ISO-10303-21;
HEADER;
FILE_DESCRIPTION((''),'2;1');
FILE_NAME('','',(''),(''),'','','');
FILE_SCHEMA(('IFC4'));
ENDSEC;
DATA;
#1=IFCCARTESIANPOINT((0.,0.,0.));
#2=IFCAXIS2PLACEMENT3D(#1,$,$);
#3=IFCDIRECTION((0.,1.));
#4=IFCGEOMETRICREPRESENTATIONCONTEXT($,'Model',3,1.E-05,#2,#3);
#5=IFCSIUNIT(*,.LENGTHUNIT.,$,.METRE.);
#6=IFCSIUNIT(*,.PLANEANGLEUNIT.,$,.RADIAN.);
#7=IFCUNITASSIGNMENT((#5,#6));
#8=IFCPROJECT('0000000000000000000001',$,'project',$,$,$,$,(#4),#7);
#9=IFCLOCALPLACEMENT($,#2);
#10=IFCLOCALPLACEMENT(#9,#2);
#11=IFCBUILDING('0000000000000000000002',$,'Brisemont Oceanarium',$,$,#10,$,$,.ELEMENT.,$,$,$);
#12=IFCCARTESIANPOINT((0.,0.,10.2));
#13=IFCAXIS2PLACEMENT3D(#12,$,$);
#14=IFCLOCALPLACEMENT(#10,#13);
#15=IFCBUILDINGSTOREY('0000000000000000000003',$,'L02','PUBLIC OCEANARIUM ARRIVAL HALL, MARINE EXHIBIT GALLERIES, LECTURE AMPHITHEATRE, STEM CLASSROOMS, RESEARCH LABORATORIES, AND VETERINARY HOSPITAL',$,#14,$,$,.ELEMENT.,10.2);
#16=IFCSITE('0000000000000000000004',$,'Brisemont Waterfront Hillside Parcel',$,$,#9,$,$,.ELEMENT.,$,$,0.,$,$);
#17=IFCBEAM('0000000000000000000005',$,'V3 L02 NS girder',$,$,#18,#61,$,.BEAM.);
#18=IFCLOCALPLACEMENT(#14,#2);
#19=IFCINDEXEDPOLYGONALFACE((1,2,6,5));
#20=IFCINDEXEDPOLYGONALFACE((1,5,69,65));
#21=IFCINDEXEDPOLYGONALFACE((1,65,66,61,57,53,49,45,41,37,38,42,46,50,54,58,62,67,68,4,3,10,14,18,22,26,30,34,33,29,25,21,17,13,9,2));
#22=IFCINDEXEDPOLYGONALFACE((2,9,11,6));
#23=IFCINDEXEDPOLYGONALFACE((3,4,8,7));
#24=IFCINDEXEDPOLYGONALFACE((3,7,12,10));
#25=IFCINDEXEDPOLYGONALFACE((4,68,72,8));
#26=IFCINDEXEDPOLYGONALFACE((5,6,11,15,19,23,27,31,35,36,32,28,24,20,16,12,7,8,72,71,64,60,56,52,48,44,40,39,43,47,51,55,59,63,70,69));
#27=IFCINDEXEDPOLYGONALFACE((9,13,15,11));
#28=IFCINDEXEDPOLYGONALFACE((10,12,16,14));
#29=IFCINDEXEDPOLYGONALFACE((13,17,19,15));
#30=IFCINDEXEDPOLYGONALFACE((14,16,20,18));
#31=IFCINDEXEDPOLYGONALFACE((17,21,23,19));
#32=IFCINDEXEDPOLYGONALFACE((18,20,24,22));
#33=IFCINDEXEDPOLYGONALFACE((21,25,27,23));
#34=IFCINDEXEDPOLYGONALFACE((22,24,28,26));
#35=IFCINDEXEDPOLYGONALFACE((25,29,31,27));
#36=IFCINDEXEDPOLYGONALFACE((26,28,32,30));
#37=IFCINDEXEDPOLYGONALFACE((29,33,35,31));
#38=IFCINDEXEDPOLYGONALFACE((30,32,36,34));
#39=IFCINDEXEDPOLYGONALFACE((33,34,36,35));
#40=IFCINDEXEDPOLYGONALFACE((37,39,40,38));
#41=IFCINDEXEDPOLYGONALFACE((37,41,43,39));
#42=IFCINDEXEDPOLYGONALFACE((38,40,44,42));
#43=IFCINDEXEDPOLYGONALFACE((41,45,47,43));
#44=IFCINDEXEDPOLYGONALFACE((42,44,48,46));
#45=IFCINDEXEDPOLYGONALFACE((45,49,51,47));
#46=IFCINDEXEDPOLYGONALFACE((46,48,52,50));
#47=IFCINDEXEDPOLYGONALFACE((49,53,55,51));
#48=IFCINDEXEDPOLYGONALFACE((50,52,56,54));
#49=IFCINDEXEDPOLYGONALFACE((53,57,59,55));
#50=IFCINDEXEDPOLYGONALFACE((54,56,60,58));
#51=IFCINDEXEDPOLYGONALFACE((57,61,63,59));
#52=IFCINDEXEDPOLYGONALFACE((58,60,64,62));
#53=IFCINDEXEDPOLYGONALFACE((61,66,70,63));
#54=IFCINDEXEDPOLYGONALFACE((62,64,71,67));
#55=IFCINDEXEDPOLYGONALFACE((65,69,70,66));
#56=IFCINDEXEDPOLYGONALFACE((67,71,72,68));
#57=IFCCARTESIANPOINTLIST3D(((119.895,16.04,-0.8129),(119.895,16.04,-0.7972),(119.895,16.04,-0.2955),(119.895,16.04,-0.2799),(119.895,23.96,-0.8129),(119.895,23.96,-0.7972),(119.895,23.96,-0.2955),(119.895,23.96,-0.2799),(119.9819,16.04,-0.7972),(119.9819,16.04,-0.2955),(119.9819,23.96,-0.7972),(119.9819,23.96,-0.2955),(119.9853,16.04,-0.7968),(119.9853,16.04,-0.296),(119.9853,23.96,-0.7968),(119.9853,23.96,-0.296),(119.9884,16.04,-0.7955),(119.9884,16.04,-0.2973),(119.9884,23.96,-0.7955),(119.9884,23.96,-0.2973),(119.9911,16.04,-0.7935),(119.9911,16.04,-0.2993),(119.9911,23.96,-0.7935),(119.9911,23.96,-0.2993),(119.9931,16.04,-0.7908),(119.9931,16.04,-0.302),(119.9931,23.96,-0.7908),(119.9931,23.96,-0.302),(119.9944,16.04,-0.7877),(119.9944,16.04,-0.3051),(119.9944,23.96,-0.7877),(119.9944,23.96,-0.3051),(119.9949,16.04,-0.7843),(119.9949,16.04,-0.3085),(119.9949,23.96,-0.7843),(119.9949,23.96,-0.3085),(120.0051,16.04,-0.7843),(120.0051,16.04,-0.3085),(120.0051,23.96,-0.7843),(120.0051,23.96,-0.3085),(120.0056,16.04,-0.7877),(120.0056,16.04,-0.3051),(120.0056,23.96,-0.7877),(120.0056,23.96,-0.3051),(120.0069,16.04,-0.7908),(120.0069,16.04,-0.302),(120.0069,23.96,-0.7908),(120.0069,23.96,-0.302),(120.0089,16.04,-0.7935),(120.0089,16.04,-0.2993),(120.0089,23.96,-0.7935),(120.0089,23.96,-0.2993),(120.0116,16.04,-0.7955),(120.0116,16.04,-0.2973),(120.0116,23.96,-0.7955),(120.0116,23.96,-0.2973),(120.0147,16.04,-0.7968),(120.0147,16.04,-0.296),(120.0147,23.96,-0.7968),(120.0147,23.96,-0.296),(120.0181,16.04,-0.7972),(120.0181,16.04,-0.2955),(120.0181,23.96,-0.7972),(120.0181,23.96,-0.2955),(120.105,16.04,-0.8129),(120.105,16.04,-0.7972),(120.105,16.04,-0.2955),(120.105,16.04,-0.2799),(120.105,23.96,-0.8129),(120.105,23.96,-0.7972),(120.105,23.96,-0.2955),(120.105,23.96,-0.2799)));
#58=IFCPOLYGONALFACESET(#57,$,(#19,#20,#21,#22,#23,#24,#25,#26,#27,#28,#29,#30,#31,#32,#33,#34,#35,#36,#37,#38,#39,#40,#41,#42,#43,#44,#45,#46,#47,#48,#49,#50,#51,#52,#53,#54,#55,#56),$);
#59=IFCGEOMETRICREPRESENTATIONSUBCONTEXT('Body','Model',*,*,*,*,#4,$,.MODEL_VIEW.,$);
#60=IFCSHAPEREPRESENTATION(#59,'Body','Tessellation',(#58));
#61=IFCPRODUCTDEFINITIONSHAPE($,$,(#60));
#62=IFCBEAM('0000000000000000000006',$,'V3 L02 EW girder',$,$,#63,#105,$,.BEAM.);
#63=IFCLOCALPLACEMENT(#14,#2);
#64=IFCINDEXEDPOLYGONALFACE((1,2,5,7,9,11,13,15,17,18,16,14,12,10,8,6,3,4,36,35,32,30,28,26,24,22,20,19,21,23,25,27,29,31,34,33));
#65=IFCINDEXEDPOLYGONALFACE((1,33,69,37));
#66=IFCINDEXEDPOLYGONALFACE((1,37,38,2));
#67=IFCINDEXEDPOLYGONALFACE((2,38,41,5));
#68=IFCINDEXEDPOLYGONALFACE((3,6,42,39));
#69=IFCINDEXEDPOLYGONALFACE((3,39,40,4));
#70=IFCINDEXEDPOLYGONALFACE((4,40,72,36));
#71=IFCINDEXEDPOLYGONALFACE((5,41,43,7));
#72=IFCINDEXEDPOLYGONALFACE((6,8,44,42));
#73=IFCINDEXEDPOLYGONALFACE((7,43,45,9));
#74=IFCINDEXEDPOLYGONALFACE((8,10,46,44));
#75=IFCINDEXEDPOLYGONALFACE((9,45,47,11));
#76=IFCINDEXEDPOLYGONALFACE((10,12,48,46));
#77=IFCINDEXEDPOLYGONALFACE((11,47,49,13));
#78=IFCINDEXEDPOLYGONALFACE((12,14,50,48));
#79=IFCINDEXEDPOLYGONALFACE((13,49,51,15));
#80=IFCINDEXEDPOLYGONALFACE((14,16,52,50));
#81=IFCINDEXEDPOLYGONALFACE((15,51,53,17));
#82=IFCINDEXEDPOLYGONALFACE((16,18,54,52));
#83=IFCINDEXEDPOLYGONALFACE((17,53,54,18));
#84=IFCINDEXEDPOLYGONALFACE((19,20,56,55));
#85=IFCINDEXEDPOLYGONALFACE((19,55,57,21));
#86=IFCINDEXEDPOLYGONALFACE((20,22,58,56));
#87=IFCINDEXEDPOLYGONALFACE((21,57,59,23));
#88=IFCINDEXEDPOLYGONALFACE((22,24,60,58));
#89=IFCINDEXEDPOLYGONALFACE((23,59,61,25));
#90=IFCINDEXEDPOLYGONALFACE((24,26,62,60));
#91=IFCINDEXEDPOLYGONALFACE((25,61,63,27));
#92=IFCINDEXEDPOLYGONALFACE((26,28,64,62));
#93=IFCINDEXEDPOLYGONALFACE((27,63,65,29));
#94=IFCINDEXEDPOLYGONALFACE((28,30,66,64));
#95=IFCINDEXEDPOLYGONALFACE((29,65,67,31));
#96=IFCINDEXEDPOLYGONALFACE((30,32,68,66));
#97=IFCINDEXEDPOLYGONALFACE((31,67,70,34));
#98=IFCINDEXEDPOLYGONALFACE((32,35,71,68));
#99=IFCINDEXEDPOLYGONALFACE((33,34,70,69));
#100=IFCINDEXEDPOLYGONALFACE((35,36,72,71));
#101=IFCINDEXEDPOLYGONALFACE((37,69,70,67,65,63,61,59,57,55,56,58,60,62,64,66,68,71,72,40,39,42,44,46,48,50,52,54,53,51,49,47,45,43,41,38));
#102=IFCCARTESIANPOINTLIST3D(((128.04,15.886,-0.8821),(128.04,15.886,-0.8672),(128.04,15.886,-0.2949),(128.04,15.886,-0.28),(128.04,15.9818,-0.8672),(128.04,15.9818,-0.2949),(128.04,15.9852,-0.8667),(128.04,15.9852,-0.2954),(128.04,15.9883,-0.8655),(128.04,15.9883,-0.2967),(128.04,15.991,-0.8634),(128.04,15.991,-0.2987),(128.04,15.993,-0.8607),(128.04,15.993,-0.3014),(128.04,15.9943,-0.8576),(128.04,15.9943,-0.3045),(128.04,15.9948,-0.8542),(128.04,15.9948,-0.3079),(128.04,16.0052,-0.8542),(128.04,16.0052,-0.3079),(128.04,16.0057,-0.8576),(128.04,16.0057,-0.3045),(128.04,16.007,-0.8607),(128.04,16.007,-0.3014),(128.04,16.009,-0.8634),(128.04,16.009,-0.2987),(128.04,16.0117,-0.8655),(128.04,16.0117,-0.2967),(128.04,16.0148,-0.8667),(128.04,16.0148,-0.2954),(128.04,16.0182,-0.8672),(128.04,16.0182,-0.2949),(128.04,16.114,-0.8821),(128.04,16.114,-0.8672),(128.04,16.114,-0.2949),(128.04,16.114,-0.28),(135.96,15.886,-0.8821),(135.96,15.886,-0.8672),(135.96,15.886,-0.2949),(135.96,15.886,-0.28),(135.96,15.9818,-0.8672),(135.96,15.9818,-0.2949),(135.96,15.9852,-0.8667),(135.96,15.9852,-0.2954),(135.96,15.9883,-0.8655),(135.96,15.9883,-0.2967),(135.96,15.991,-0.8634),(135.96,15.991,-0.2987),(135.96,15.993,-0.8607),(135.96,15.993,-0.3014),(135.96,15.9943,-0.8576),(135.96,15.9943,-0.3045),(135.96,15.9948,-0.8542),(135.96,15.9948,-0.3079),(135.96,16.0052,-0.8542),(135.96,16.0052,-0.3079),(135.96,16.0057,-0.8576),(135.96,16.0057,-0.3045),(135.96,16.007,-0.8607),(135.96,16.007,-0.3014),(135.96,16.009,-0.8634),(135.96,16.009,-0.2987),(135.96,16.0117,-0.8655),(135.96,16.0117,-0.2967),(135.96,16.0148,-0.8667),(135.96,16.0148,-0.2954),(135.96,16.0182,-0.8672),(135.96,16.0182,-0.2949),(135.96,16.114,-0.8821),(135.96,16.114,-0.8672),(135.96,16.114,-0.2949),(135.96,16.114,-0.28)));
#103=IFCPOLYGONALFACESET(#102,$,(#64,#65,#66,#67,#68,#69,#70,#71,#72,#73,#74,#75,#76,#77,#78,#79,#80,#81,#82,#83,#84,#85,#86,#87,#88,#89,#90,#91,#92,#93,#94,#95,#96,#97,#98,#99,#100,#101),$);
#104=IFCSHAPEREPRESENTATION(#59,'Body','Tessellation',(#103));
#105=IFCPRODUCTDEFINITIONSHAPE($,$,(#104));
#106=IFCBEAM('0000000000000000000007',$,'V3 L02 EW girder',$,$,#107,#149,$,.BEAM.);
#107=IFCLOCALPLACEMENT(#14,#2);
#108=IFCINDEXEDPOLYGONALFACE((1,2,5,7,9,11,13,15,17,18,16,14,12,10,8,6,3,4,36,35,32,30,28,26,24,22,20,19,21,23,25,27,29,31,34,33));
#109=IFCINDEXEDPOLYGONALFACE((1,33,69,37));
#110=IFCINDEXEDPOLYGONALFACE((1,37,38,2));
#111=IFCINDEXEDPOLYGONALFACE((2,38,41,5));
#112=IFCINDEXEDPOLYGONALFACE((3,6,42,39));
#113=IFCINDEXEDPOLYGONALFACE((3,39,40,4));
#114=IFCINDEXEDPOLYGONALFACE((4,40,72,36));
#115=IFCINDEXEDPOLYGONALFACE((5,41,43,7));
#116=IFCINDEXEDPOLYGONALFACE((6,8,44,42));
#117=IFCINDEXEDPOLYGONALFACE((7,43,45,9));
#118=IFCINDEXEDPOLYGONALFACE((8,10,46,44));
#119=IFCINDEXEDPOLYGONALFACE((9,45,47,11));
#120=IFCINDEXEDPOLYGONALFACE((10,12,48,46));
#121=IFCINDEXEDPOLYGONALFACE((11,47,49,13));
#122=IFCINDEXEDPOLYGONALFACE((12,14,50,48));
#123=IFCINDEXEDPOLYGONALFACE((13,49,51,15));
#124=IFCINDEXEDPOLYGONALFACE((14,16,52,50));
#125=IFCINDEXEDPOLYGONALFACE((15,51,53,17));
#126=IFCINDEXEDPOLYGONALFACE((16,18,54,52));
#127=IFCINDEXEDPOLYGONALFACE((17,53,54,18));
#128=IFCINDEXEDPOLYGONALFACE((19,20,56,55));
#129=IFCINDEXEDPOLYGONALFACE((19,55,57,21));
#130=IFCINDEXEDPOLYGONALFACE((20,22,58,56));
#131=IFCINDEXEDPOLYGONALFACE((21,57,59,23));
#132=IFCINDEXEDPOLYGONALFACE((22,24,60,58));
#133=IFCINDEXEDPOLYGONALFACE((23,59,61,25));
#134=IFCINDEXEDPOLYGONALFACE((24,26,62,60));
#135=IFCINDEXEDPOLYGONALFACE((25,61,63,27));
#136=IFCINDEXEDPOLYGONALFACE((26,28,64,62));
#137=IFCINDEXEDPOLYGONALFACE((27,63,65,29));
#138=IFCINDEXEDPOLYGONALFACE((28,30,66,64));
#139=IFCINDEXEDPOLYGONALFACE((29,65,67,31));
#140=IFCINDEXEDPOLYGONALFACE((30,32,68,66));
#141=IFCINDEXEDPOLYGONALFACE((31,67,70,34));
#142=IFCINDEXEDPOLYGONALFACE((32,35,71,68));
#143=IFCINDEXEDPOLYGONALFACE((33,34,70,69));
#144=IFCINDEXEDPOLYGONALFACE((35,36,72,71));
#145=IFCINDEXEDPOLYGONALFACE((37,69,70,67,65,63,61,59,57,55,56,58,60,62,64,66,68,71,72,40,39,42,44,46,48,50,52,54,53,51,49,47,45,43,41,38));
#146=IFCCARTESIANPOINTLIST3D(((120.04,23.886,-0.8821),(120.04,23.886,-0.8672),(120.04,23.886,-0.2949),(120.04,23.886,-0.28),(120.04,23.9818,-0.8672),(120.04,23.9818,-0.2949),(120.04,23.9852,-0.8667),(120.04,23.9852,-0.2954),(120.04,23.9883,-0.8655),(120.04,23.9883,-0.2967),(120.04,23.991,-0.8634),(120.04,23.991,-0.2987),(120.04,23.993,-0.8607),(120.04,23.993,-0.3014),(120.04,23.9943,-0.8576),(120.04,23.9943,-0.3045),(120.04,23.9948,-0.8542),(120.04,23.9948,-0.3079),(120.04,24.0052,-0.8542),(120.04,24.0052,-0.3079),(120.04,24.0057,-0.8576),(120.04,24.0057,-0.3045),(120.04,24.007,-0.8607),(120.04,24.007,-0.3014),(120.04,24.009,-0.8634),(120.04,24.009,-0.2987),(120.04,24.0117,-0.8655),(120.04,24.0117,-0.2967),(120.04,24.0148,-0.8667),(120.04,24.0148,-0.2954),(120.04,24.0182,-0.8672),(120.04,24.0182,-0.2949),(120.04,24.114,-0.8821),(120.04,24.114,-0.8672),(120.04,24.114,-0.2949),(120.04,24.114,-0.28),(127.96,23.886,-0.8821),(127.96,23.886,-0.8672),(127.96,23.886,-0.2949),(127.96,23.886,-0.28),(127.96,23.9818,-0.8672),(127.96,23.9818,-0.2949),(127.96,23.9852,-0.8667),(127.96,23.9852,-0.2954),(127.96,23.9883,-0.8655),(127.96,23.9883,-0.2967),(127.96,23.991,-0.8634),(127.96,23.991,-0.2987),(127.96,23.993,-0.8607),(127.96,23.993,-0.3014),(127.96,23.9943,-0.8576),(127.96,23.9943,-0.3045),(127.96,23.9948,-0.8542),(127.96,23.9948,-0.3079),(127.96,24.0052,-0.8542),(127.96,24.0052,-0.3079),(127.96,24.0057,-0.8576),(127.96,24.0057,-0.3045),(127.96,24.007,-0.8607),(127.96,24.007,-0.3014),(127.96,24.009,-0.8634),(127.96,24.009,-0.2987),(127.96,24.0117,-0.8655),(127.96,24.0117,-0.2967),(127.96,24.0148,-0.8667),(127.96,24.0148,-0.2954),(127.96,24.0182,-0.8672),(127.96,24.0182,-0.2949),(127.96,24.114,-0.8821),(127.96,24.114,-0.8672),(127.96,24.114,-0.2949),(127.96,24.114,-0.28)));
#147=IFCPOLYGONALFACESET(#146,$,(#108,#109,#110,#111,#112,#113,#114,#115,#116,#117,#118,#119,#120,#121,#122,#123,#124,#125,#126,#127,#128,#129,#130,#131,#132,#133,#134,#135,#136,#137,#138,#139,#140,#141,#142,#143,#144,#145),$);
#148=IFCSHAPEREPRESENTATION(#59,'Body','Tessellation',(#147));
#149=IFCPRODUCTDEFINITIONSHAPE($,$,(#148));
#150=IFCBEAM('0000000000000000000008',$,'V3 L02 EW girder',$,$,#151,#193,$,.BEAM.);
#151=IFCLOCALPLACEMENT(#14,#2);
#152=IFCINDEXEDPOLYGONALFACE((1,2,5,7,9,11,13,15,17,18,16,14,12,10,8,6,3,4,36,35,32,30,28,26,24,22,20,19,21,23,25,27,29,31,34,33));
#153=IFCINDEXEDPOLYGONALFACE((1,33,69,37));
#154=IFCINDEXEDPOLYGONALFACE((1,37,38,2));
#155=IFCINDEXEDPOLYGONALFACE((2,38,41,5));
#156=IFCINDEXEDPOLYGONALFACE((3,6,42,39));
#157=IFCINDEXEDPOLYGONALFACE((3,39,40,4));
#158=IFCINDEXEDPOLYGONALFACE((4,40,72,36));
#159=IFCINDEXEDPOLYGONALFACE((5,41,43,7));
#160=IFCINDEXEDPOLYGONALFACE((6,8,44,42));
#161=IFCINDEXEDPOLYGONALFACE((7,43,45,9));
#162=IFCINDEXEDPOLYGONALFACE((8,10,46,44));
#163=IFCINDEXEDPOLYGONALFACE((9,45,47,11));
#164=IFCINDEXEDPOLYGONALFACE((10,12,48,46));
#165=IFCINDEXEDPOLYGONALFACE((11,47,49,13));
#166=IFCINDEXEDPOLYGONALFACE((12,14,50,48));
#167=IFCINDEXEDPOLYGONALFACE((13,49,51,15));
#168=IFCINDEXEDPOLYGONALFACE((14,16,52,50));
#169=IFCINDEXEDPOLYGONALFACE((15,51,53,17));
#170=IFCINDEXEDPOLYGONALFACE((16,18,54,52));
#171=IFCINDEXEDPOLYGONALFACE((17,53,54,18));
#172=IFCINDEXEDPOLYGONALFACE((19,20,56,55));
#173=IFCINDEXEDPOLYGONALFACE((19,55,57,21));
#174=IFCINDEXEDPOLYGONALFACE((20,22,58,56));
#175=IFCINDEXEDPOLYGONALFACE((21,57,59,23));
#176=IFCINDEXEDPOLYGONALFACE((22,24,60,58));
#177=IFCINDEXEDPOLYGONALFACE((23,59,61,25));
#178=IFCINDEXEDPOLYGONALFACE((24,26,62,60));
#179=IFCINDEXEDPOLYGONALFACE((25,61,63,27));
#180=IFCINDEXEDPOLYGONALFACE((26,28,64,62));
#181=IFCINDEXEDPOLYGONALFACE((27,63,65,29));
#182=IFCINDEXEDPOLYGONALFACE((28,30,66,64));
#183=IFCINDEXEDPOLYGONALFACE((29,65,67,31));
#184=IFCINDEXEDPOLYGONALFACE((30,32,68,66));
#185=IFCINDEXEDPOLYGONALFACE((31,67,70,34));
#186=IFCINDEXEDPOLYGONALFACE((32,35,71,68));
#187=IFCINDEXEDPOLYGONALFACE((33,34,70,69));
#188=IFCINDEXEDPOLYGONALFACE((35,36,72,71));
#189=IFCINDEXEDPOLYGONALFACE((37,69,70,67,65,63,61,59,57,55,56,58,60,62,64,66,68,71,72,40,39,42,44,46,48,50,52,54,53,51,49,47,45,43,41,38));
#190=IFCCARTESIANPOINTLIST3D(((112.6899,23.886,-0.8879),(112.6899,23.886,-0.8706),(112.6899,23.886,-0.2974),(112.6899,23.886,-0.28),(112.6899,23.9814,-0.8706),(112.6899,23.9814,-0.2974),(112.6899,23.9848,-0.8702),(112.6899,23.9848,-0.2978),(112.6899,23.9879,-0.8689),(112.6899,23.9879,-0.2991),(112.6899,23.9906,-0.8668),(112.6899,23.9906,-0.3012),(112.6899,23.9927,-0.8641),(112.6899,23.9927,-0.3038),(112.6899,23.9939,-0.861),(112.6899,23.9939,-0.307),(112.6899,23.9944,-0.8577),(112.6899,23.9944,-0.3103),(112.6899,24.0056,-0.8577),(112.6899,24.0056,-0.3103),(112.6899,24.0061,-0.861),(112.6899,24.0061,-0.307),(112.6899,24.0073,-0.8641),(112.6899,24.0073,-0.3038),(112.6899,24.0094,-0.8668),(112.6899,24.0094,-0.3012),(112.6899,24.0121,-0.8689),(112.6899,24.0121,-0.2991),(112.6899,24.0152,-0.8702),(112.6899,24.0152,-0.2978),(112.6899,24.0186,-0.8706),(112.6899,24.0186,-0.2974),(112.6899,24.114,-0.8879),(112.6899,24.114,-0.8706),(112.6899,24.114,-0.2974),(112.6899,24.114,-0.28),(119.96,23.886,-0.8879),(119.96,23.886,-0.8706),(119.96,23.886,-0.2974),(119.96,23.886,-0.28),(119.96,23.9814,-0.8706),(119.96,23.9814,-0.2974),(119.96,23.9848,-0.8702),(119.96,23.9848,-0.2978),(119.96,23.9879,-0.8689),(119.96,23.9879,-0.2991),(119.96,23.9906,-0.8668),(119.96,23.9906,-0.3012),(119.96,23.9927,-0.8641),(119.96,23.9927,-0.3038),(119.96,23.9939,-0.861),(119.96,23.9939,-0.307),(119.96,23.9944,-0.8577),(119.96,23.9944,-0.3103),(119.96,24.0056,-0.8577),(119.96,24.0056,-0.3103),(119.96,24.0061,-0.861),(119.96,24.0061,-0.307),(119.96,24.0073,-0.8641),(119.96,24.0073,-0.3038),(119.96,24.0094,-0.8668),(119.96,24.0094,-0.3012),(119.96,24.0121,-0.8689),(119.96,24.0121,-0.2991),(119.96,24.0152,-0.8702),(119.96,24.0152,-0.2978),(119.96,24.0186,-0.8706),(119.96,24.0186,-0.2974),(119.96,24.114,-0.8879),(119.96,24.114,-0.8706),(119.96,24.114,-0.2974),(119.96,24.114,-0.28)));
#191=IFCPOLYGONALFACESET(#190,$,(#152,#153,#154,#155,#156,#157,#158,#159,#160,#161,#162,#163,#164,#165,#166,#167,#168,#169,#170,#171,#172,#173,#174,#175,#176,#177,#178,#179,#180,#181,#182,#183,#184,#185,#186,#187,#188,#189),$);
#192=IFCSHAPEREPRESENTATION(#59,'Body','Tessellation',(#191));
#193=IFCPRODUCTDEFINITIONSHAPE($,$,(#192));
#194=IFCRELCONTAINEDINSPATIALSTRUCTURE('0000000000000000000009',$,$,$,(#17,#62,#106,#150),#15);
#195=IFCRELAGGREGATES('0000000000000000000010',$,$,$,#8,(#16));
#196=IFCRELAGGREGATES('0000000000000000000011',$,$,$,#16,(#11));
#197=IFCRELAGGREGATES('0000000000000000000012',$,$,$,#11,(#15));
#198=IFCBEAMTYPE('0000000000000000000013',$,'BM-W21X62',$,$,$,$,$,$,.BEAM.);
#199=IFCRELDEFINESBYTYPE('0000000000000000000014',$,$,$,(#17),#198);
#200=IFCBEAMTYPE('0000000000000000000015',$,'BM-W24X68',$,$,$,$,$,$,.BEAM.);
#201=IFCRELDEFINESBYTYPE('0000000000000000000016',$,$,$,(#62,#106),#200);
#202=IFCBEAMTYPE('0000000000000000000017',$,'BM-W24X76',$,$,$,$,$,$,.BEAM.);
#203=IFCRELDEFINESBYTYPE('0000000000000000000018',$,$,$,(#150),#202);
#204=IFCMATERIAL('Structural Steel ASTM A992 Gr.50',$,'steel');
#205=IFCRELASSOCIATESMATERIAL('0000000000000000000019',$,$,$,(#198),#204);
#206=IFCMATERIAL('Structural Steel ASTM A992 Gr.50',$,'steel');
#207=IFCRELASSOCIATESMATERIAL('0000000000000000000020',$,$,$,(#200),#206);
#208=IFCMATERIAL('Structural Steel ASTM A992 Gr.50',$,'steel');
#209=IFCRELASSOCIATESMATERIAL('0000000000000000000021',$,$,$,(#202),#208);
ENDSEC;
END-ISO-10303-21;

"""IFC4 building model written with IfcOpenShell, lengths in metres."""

from ifc_helpers import new_model, si_unit, direction, frame, origin, origin_2d, place, context, subcontext, project, spatial, i_section, extrude, material, material_profile, profile_set, type_object, element, save


model = new_model("IFC4")

# Units and contexts
model_context = context("Model", 3, precision=1e-05, world=origin(), true_north=direction((0.0, 1.0)))
body_context = subcontext(model_context, "Body", "Model", "MODEL_VIEW")
ifc_project = project(units=[si_unit("LENGTHUNIT", "METRE"), si_unit("PLANEANGLEUNIT", "RADIAN")], contexts=[model_context])

# Site, building, storey
site_placement = place(None, origin())
site = spatial("IfcSite", under=ifc_project, at=site_placement, Name="Brisemont Waterfront Hillside Parcel", CompositionType="ELEMENT", RefElevation=0.0)
building_placement = place(site_placement, origin())
building = spatial("IfcBuilding", under=site, at=building_placement, Name="Brisemont Oceanarium", CompositionType="ELEMENT")
storey_placement = place(building_placement, frame((0.0, 0.0, 10.2)))
storey = spatial("IfcBuildingStorey", under=building, at=storey_placement, Name="L02", Description="PUBLIC OCEANARIUM ARRIVAL HALL, MARINE EXHIBIT GALLERIES, LECTURE AMPHITHEATRE, STEM CLASSROOMS, RESEARCH LABORATORIES, AND VETERINARY HOSPITAL", CompositionType="ELEMENT", Elevation=10.2)

# Beams
ifc_material_1 = material(Name="Structural Steel ASTM A992 Gr.50", Category="steel")
ifc_material_profile_1 = material_profile(ifc_material_1, i_section(OverallWidth=0.21, OverallDepth=0.533, WebThickness=0.0103, FlangeThickness=0.0156, FilletRadius=0.0129, at=origin_2d()), Name="W21X62")
ifc_profile_set_1 = profile_set([ifc_material_profile_1], Name="Structural Steel ASTM A992 Gr.50")
beam_type_1 = type_object("IfcBeamType", Name="BM-W21X62", PredefinedType="BEAM", material=ifc_profile_set_1)
beam_1_placement = place(storey_placement, frame((120.0, 16.04, -0.5464), z_axis=(0.0, 1.0, 0.0), x_axis=(-1.0, 0.0, 0.0)))
element("IfcBeam", 1, at=beam_1_placement, inside=storey, type_object=beam_type_1, Name="V3 L02 NS girder", PredefinedType="BEAM", context=body_context, shape_type="SweptSolid", body=[
    extrude(i_section(OverallWidth=0.21, OverallDepth=0.533, WebThickness=0.0103, FlangeThickness=0.0156, FilletRadius=0.0129, at=origin_2d()), origin(), (0.0, 0.0, 1.0), 7.9199),
])
ifc_material_2 = material(Name="Structural Steel ASTM A992 Gr.50", Category="steel")
ifc_material_profile_2 = material_profile(ifc_material_2, i_section(OverallWidth=0.228, OverallDepth=0.6021, WebThickness=0.0105, FlangeThickness=0.0149, FilletRadius=0.0129, at=origin_2d()), Name="W24X68")
ifc_profile_set_2 = profile_set([ifc_material_profile_2], Name="Structural Steel ASTM A992 Gr.50")
beam_type_2 = type_object("IfcBeamType", Name="BM-W24X68", PredefinedType="BEAM", material=ifc_profile_set_2)
for number, where, z_axis, x_axis, name in (
    (2, (128.04, 16.0, -0.5811), (1.0, 0.0, 0.0), (0.0, 1.0, 0.0), "V3 L02 EW girder"),
    (3, (120.04, 24.0, -0.5811), (1.0, 0.0, 0.0), (0.0, 1.0, 0.0), "V3 L02 EW girder"),
):
    element("IfcBeam", number, at=place(storey_placement, frame(where, z_axis=z_axis, x_axis=x_axis)), inside=storey, type_object=beam_type_2, Name=name, PredefinedType="BEAM", context=body_context, shape_type="SweptSolid", body=[
        extrude(i_section(OverallWidth=0.228, OverallDepth=0.6021, WebThickness=0.0105, FlangeThickness=0.0149, FilletRadius=0.0129, at=origin_2d()), origin(), (0.0, 0.0, 1.0), 7.9199),
    ])
ifc_material_3 = material(Name="Structural Steel ASTM A992 Gr.50", Category="steel")
ifc_material_profile_3 = material_profile(ifc_material_3, i_section(OverallWidth=0.228, OverallDepth=0.6079, WebThickness=0.0112, FlangeThickness=0.0173, FilletRadius=0.0129, at=origin_2d()), Name="W24X76")
ifc_profile_set_3 = profile_set([ifc_material_profile_3], Name="Structural Steel ASTM A992 Gr.50")
beam_type_3 = type_object("IfcBeamType", Name="BM-W24X76", PredefinedType="BEAM", material=ifc_profile_set_3)
beam_2_placement = place(storey_placement, frame((112.6899, 24.0, -0.584), z_axis=(1.0, 0.0, 0.0), x_axis=(0.0, 1.0, 0.0)))
element("IfcBeam", 4, at=beam_2_placement, inside=storey, type_object=beam_type_3, Name="V3 L02 EW girder", PredefinedType="BEAM", context=body_context, shape_type="SweptSolid", body=[
    extrude(i_section(OverallWidth=0.228, OverallDepth=0.6079, WebThickness=0.0112, FlangeThickness=0.0173, FilletRadius=0.0129, at=origin_2d()), origin(), (0.0, 0.0, 1.0), 7.27),
])

save(model, "model.ifc")
